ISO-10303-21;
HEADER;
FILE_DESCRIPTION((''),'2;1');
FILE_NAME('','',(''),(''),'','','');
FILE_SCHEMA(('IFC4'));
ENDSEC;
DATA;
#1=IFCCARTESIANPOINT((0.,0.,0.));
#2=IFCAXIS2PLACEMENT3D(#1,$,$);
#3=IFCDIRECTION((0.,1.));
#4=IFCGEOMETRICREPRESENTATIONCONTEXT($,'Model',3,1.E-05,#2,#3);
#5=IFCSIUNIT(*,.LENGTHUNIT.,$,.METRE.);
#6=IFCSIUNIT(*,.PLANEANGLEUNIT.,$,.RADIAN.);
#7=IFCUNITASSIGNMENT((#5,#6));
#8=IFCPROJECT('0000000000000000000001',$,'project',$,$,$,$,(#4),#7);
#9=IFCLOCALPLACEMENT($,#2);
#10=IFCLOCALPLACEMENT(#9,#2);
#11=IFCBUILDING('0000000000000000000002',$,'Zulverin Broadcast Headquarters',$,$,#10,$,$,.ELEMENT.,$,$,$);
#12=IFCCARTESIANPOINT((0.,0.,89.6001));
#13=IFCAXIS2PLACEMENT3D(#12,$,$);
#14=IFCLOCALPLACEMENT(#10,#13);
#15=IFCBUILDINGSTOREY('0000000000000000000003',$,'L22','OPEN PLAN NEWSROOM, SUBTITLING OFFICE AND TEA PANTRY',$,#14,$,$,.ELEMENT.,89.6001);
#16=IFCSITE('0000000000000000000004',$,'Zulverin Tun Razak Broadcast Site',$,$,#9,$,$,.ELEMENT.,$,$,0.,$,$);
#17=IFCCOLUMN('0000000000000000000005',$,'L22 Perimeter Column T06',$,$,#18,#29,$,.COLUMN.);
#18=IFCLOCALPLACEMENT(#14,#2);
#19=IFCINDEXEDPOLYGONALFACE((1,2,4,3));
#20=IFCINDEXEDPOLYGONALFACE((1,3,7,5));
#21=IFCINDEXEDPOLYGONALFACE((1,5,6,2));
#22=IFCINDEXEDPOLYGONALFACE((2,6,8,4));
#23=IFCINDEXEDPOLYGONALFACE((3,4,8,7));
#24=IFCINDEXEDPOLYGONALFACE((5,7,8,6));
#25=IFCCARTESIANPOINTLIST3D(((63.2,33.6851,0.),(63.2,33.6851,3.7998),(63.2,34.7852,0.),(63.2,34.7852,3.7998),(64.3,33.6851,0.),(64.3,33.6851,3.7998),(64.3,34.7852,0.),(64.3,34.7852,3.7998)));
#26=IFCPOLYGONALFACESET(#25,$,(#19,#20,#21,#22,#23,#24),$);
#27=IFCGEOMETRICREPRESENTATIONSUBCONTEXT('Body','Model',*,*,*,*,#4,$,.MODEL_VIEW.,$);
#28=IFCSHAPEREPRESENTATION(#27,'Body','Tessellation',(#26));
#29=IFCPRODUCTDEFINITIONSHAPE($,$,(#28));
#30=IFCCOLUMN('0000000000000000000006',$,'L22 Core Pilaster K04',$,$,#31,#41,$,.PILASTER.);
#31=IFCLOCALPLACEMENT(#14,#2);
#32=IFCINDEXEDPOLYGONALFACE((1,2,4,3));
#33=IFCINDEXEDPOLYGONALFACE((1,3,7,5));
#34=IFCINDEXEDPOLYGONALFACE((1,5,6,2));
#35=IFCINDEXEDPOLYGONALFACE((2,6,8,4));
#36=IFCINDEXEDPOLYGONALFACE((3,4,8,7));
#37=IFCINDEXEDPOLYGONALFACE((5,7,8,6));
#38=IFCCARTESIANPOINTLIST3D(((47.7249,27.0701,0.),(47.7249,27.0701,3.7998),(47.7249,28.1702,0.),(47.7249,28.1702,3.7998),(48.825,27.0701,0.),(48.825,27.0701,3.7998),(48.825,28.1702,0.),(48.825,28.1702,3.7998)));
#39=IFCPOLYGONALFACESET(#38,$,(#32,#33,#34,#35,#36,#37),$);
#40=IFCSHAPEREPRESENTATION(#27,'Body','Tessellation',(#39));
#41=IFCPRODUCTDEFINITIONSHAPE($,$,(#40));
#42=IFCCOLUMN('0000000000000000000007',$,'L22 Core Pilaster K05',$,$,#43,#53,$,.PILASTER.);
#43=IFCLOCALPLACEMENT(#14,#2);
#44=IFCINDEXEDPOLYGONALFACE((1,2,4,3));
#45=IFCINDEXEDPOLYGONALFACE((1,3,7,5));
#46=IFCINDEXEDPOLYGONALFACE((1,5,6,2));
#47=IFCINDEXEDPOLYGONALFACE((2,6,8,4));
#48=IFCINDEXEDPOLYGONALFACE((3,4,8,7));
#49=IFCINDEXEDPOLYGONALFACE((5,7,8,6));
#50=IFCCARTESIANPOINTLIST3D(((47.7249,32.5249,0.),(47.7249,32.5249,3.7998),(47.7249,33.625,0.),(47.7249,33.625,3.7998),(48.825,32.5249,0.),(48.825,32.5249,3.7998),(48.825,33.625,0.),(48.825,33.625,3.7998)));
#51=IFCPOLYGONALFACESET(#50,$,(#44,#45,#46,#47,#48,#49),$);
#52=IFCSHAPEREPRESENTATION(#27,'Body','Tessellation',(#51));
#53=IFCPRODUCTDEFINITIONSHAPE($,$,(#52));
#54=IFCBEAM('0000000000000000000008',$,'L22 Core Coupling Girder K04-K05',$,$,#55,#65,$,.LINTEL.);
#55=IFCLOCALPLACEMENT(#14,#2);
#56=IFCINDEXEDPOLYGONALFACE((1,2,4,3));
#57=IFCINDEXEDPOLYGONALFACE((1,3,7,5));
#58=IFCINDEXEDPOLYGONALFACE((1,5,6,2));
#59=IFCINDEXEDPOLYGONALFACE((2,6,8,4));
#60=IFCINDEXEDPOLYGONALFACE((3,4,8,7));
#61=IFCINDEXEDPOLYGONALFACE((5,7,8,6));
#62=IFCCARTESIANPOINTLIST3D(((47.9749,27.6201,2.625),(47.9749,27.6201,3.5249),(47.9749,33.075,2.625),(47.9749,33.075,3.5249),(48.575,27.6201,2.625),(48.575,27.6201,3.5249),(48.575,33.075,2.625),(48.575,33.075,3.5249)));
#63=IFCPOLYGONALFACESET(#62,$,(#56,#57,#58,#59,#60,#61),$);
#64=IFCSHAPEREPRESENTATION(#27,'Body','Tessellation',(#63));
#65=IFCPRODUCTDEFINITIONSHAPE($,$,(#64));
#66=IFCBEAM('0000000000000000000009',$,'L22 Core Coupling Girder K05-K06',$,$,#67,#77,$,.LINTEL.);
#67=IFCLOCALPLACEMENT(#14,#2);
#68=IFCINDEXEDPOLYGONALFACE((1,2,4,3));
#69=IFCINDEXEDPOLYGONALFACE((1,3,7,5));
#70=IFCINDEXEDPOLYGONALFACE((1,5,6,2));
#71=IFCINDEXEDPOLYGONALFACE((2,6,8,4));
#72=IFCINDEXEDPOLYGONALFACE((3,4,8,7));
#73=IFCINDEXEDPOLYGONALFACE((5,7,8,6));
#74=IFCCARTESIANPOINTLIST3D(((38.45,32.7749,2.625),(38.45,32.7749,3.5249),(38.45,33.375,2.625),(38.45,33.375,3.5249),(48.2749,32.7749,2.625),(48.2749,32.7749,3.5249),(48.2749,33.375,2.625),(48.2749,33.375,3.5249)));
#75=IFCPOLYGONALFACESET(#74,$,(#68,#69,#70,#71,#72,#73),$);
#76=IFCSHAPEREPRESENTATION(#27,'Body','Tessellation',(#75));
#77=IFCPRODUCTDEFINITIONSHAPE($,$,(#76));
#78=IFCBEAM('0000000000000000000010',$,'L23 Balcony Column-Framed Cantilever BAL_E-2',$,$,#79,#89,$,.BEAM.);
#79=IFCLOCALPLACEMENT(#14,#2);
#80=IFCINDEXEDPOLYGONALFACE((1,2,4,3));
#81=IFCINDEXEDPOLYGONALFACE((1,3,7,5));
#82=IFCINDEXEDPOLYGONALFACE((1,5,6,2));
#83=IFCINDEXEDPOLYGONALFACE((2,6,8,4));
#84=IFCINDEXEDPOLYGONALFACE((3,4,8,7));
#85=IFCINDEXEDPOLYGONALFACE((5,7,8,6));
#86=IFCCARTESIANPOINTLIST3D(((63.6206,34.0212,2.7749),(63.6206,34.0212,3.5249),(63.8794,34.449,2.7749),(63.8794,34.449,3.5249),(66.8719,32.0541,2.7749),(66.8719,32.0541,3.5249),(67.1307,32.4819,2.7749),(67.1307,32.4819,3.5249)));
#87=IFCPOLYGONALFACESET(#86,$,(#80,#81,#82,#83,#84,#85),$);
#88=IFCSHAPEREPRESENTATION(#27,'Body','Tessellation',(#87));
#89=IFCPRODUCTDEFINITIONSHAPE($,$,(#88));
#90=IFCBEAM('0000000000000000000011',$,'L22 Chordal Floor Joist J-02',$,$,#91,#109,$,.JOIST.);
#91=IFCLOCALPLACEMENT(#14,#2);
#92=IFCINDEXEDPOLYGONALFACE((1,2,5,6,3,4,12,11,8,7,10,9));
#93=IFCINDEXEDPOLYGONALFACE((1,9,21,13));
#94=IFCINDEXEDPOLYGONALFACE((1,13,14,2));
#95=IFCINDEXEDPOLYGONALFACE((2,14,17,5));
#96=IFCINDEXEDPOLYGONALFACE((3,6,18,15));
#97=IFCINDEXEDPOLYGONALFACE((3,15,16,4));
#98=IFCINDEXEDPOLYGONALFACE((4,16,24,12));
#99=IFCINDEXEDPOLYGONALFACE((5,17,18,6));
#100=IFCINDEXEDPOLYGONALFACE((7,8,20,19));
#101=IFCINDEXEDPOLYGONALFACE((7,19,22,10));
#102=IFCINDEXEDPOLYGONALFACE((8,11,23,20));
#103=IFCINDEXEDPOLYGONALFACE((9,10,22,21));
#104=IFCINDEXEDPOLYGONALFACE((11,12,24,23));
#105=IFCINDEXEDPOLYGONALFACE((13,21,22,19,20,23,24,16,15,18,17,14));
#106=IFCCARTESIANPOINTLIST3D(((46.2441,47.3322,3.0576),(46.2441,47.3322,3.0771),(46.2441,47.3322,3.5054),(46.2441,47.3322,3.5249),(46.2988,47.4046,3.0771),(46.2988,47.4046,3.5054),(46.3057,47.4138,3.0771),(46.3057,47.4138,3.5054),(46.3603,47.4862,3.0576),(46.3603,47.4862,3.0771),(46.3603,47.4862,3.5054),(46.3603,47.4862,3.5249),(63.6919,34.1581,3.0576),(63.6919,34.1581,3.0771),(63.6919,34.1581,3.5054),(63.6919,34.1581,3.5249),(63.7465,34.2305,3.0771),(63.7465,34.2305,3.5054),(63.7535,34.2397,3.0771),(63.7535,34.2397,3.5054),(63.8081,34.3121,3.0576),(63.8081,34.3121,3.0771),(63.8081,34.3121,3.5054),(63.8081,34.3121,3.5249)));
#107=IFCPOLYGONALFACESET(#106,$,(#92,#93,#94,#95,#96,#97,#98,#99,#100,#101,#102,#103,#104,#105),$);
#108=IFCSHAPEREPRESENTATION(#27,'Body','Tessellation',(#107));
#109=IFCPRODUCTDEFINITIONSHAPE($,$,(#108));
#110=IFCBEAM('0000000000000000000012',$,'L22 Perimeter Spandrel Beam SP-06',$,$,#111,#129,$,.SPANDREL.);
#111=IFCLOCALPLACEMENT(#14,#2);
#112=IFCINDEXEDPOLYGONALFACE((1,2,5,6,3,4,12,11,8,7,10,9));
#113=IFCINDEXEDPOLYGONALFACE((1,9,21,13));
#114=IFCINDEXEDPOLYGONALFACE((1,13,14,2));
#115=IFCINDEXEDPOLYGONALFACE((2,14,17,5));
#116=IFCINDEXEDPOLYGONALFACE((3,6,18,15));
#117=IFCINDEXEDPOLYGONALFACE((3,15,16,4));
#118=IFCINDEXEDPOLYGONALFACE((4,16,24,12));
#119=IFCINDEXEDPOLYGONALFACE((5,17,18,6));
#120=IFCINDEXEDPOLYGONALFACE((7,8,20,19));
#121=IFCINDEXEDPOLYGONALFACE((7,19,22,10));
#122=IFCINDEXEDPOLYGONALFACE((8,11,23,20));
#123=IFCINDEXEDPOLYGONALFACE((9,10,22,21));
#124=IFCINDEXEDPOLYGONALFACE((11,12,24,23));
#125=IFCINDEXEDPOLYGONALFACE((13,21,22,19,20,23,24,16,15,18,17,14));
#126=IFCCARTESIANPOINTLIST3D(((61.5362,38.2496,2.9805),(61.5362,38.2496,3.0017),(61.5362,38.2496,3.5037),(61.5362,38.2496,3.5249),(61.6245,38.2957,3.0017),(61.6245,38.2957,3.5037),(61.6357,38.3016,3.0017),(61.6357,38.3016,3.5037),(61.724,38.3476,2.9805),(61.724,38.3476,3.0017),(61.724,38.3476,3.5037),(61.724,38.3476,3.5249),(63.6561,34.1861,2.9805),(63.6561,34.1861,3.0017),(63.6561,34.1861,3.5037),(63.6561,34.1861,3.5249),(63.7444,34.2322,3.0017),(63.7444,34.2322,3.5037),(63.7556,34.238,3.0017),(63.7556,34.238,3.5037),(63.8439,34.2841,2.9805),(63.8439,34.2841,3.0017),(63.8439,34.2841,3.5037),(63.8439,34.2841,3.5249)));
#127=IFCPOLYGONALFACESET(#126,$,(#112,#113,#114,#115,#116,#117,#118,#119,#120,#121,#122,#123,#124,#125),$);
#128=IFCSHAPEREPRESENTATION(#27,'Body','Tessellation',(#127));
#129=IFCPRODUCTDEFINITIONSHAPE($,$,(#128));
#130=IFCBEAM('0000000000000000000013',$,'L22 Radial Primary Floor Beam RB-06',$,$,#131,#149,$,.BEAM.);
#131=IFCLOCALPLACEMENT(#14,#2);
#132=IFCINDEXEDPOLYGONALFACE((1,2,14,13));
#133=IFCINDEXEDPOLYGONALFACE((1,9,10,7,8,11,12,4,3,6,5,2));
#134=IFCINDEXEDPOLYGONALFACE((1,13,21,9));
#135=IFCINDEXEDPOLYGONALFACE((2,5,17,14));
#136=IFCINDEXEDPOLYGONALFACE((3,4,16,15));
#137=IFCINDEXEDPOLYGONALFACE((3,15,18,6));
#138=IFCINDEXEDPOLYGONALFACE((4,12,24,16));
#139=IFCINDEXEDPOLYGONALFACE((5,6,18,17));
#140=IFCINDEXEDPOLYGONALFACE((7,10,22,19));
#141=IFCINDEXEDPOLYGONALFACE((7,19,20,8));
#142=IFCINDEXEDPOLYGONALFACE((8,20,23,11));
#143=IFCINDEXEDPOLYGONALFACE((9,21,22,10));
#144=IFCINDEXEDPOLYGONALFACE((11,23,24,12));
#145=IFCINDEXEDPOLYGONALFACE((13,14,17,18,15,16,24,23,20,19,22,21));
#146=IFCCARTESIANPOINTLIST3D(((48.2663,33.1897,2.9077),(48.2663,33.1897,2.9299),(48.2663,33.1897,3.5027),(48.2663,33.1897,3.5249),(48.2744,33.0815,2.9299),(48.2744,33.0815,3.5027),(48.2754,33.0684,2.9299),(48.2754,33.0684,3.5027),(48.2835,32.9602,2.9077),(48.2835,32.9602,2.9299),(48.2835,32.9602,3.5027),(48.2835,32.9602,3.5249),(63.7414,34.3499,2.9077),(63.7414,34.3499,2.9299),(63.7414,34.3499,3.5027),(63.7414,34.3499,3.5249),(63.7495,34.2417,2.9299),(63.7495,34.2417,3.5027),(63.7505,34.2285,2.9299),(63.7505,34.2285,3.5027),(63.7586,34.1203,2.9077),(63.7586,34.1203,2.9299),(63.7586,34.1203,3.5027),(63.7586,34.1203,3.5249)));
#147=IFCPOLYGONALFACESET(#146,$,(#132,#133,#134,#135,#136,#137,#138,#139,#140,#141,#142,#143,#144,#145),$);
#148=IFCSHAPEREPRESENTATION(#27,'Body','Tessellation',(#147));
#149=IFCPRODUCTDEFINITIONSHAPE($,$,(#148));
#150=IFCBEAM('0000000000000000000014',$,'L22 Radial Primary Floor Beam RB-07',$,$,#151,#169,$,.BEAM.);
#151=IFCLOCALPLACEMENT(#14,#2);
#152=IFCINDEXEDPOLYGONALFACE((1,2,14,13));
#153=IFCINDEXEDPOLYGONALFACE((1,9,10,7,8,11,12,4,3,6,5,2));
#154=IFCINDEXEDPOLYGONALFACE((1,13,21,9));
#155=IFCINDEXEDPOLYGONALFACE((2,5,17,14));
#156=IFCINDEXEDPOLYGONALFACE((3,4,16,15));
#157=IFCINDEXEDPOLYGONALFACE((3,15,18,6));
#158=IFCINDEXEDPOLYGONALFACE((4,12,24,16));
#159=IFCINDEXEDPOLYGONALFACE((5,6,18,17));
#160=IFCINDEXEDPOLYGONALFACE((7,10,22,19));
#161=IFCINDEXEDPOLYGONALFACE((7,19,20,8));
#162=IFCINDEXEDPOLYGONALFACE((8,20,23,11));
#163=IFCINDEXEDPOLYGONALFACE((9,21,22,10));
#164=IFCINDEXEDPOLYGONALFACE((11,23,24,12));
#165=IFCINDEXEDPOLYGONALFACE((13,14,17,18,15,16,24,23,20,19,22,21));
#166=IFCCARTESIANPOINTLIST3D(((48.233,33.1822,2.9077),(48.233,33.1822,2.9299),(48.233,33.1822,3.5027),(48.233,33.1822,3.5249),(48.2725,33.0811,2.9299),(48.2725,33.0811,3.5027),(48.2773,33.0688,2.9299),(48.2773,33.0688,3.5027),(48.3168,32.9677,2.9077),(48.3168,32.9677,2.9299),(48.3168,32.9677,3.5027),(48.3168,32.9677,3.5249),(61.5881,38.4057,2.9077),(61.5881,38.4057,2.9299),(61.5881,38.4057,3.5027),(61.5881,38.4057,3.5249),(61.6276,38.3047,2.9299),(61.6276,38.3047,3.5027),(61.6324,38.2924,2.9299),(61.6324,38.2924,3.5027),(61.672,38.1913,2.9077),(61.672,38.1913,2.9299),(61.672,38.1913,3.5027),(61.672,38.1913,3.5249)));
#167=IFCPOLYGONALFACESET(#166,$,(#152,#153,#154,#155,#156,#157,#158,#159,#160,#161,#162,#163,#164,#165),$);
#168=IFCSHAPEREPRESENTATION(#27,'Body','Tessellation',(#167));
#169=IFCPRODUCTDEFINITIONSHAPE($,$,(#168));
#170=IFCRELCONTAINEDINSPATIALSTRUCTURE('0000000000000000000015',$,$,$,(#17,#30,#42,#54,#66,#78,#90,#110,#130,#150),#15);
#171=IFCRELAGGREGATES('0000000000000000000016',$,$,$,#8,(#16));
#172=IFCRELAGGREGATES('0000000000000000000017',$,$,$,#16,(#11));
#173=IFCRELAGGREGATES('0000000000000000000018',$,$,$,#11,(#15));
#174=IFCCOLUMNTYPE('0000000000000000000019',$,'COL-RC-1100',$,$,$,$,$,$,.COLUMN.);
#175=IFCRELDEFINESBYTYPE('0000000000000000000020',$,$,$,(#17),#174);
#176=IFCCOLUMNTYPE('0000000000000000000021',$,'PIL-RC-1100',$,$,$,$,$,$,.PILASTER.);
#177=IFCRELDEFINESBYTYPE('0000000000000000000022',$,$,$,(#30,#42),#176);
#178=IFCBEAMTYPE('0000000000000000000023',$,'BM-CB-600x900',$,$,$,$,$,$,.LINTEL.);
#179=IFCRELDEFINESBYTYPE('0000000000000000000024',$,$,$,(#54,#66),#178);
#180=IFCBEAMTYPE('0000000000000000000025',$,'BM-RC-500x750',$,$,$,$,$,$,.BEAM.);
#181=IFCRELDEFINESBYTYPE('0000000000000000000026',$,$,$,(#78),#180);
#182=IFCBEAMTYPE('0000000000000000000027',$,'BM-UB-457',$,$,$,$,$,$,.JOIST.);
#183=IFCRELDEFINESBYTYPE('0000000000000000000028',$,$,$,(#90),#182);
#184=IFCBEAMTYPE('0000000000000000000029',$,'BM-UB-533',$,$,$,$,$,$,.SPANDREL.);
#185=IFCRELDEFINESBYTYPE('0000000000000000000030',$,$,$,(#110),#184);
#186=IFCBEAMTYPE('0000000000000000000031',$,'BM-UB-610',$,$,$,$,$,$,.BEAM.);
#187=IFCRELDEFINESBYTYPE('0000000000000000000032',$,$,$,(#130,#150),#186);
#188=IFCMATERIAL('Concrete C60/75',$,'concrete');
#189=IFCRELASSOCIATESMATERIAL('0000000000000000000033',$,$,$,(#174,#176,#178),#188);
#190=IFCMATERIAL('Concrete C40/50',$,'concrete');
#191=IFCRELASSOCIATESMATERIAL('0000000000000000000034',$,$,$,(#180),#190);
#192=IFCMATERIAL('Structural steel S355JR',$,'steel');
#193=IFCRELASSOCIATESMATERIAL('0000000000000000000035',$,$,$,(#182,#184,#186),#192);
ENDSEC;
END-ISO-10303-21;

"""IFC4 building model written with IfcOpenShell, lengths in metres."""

from ifc_helpers import new_model, si_unit, direction, frame, origin, origin_2d, place, context, subcontext, project, spatial, rectangle, i_section, extrude, material, material_profile, profile_set, type_object, element, save


model = new_model("IFC4")

# Units and contexts
model_context = context("Model", 3, precision=1e-05, world=origin(), true_north=direction((0.0, 1.0)))
body_context = subcontext(model_context, "Body", "Model", "MODEL_VIEW")
ifc_project = project(units=[si_unit("LENGTHUNIT", "METRE"), si_unit("PLANEANGLEUNIT", "RADIAN")], contexts=[model_context])

# Site, building, storey
site_placement = place(None, origin())
site = spatial("IfcSite", under=ifc_project, at=site_placement, Name="Zulverin Tun Razak Broadcast Site", CompositionType="ELEMENT", RefElevation=0.0)
building_placement = place(site_placement, origin())
building = spatial("IfcBuilding", under=site, at=building_placement, Name="Zulverin Broadcast Headquarters", CompositionType="ELEMENT")
storey_placement = place(building_placement, frame((0.0, 0.0, 89.6001)))
storey = spatial("IfcBuildingStorey", under=building, at=storey_placement, Name="L22", Description="OPEN PLAN NEWSROOM, SUBTITLING OFFICE AND TEA PANTRY", CompositionType="ELEMENT", Elevation=89.6001)

# Columns
ifc_material_1 = material(Name="Concrete C60/75", Category="concrete")
ifc_material_profile_1 = material_profile(ifc_material_1, rectangle(XDim=1.1001, YDim=1.1001, at=origin_2d()), Name="Concrete C60/75", Category="concrete")
ifc_profile_set_1 = profile_set([ifc_material_profile_1], Name="Concrete C60/75")
column_type_1 = type_object("IfcColumnType", Name="COL-RC-1100", PredefinedType="COLUMN", material=ifc_profile_set_1)
column_placement = place(storey_placement, frame((63.75, 34.2351, 0.0), z_axis=(0.0, 0.0, 1.0), x_axis=(1.0, 0.0, 0.0)))
element("IfcColumn", 1, at=column_placement, inside=storey, type_object=column_type_1, Name="L22 Perimeter Column T06", PredefinedType="COLUMN", context=body_context, shape_type="SweptSolid", body=[
    extrude(rectangle(XDim=1.1001, YDim=1.1001, at=origin_2d()), origin(), (0.0, 0.0, 1.0), 3.7998),
])
ifc_material_profile_2 = material_profile(ifc_material_1, rectangle(XDim=1.1001, YDim=1.1001, at=origin_2d()), Name="Concrete C60/75", Category="concrete")
ifc_profile_set_2 = profile_set([ifc_material_profile_2], Name="Concrete C60/75")
column_type_2 = type_object("IfcColumnType", Name="PIL-RC-1100", PredefinedType="PILASTER", material=ifc_profile_set_2)
for number, where, z_axis, x_axis, name in (
    (2, (48.2749, 27.6201, 0.0), (0.0, 0.0, 1.0), (1.0, 0.0, 0.0), "L22 Core Pilaster K04"),
    (3, (48.2749, 33.075, 0.0), (0.0, 0.0, 1.0), (1.0, 0.0, 0.0), "L22 Core Pilaster K05"),
):
    element("IfcColumn", number, at=place(storey_placement, frame(where, z_axis=z_axis, x_axis=x_axis)), inside=storey, type_object=column_type_2, Name=name, PredefinedType="PILASTER", context=body_context, shape_type="SweptSolid", body=[
        extrude(rectangle(XDim=1.1001, YDim=1.1001, at=origin_2d()), origin(), (0.0, 0.0, 1.0), 3.7998),
    ])

# Beams
ifc_material_profile_3 = material_profile(ifc_material_1, rectangle(XDim=0.6001, YDim=0.8999, at=origin_2d()), Name="Concrete C60/75", Category="concrete")
ifc_profile_set_3 = profile_set([ifc_material_profile_3], Name="Concrete C60/75")
beam_type_1 = type_object("IfcBeamType", Name="BM-CB-600x900", PredefinedType="LINTEL", material=ifc_profile_set_3)
beam_1_placement = place(storey_placement, frame((48.2749, 27.6201, 3.075), z_axis=(0.0, 1.0, 0.0), x_axis=(-1.0, 0.0, 0.0)))
element("IfcBeam", 4, at=beam_1_placement, inside=storey, type_object=beam_type_1, Name="L22 Core Coupling Girder K04-K05", PredefinedType="LINTEL", context=body_context, shape_type="SweptSolid", body=[
    extrude(rectangle(XDim=0.6001, YDim=0.8999, at=origin_2d()), origin(), (0.0, 0.0, 1.0), 5.4548),
])
beam_2_placement = place(storey_placement, frame((48.2749, 33.075, 3.075), z_axis=(-1.0, 0.0, 0.0), x_axis=(0.0, -1.0, 0.0)))
element("IfcBeam", 5, at=beam_2_placement, inside=storey, type_object=beam_type_1, Name="L22 Core Coupling Girder K05-K06", PredefinedType="LINTEL", context=body_context, shape_type="SweptSolid", body=[
    extrude(rectangle(XDim=0.6001, YDim=0.8999, at=origin_2d()), origin(), (0.0, 0.0, 1.0), 9.825),
])
ifc_material_2 = material(Name="Concrete C40/50", Category="concrete")
ifc_material_profile_4 = material_profile(ifc_material_2, rectangle(XDim=0.5, YDim=0.75, at=origin_2d()), Name="Concrete C40/50", Category="concrete")
ifc_profile_set_4 = profile_set([ifc_material_profile_4], Name="Concrete C40/50")
beam_type_2 = type_object("IfcBeamType", Name="BM-RC-500x750", PredefinedType="BEAM", material=ifc_profile_set_4)
beam_3_placement = place(storey_placement, frame((63.75, 34.2351, 3.1499), z_axis=(0.855594, -0.517648, 0.0), x_axis=(0.517648, 0.855594, 0.0)))
element("IfcBeam", 6, at=beam_3_placement, inside=storey, type_object=beam_type_2, Name="L23 Balcony Column-Framed Cantilever BAL_E-2", PredefinedType="BEAM", context=body_context, shape_type="SweptSolid", body=[
    extrude(rectangle(XDim=0.5, YDim=0.75, at=origin_2d()), origin(), (0.0, 0.0, 1.0), 3.8),
])
ifc_material_3 = material(Name="Structural steel S355JR", Category="steel")
ifc_material_profile_5 = material_profile(ifc_material_3, i_section(OverallWidth=0.1929, OverallDepth=0.4673, WebThickness=0.0115, FlangeThickness=0.0195, at=origin_2d()), Name="Structural steel S355JR", Category="steel")
ifc_profile_set_5 = profile_set([ifc_material_profile_5], Name="Structural steel S355JR")
beam_type_3 = type_object("IfcBeamType", Name="BM-UB-457", PredefinedType="JOIST", material=ifc_profile_set_5)
beam_4_placement = place(storey_placement, frame((63.75, 34.2351, 3.2913), z_axis=(-0.798058, 0.60258, 0.0), x_axis=(-0.60258, -0.798058, 0.0)))
element("IfcBeam", 7, at=beam_4_placement, inside=storey, type_object=beam_type_3, Name="L22 Chordal Floor Joist J-02", PredefinedType="JOIST", context=body_context, shape_type="SweptSolid", body=[
    extrude(i_section(OverallWidth=0.1929, OverallDepth=0.4673, WebThickness=0.0115, FlangeThickness=0.0195, at=origin_2d()), origin(), (0.0, 0.0, 1.0), 21.8628),
])
ifc_material_profile_6 = material_profile(ifc_material_3, i_section(OverallWidth=0.2119, OverallDepth=0.5444, WebThickness=0.0127, FlangeThickness=0.0212, at=origin_2d()), Name="Structural steel S355JR", Category="steel")
ifc_profile_set_6 = profile_set([ifc_material_profile_6], Name="Structural steel S355JR")
beam_type_4 = type_object("IfcBeamType", Name="BM-UB-533", PredefinedType="SPANDREL", material=ifc_profile_set_6)
beam_5_placement = place(storey_placement, frame((63.75, 34.2351, 3.2527), z_axis=(-0.462531, 0.886603, 0.0), x_axis=(-0.886603, -0.462531, 0.0)))
element("IfcBeam", 8, at=beam_5_placement, inside=storey, type_object=beam_type_4, Name="L22 Perimeter Spandrel Beam SP-06", PredefinedType="SPANDREL", context=body_context, shape_type="SweptSolid", body=[
    extrude(i_section(OverallWidth=0.2119, OverallDepth=0.5444, WebThickness=0.0127, FlangeThickness=0.0212, at=origin_2d()), origin(), (0.0, 0.0, 1.0), 4.5833),
])
ifc_material_profile_7 = material_profile(ifc_material_3, i_section(OverallWidth=0.2302, OverallDepth=0.6172, WebThickness=0.0132, FlangeThickness=0.0222, at=origin_2d()), Name="Structural steel S355JR", Category="steel")
ifc_profile_set_7 = profile_set([ifc_material_profile_7], Name="Structural steel S355JR")
beam_type_5 = type_object("IfcBeamType", Name="BM-UB-610", PredefinedType="BEAM", material=ifc_profile_set_7)
beam_6_placement = place(storey_placement, frame((48.2749, 33.075, 3.2163), z_axis=(0.997202, 0.074759, 0.0), x_axis=(-0.074759, 0.997202, 0.0)))
element("IfcBeam", 9, at=beam_6_placement, inside=storey, type_object=beam_type_5, Name="L22 Radial Primary Floor Beam RB-06", PredefinedType="BEAM", context=body_context, shape_type="SweptSolid", body=[
    extrude(i_section(OverallWidth=0.2302, OverallDepth=0.6172, WebThickness=0.0132, FlangeThickness=0.0222, at=origin_2d()), origin(), (0.0, 0.0, 1.0), 15.5186),
])
beam_7_placement = place(storey_placement, frame((48.2749, 33.075, 3.2163), z_axis=(0.931298, 0.364259, 0.0), x_axis=(-0.364259, 0.931298, 0.0)))
element("IfcBeam", 10, at=beam_7_placement, inside=storey, type_object=beam_type_5, Name="L22 Radial Primary Floor Beam RB-07", PredefinedType="BEAM", context=body_context, shape_type="SweptSolid", body=[
    extrude(i_section(OverallWidth=0.2302, OverallDepth=0.6172, WebThickness=0.0132, FlangeThickness=0.0222, at=origin_2d()), origin(), (0.0, 0.0, 1.0), 14.3403),
])

save(model, "model.ifc")
